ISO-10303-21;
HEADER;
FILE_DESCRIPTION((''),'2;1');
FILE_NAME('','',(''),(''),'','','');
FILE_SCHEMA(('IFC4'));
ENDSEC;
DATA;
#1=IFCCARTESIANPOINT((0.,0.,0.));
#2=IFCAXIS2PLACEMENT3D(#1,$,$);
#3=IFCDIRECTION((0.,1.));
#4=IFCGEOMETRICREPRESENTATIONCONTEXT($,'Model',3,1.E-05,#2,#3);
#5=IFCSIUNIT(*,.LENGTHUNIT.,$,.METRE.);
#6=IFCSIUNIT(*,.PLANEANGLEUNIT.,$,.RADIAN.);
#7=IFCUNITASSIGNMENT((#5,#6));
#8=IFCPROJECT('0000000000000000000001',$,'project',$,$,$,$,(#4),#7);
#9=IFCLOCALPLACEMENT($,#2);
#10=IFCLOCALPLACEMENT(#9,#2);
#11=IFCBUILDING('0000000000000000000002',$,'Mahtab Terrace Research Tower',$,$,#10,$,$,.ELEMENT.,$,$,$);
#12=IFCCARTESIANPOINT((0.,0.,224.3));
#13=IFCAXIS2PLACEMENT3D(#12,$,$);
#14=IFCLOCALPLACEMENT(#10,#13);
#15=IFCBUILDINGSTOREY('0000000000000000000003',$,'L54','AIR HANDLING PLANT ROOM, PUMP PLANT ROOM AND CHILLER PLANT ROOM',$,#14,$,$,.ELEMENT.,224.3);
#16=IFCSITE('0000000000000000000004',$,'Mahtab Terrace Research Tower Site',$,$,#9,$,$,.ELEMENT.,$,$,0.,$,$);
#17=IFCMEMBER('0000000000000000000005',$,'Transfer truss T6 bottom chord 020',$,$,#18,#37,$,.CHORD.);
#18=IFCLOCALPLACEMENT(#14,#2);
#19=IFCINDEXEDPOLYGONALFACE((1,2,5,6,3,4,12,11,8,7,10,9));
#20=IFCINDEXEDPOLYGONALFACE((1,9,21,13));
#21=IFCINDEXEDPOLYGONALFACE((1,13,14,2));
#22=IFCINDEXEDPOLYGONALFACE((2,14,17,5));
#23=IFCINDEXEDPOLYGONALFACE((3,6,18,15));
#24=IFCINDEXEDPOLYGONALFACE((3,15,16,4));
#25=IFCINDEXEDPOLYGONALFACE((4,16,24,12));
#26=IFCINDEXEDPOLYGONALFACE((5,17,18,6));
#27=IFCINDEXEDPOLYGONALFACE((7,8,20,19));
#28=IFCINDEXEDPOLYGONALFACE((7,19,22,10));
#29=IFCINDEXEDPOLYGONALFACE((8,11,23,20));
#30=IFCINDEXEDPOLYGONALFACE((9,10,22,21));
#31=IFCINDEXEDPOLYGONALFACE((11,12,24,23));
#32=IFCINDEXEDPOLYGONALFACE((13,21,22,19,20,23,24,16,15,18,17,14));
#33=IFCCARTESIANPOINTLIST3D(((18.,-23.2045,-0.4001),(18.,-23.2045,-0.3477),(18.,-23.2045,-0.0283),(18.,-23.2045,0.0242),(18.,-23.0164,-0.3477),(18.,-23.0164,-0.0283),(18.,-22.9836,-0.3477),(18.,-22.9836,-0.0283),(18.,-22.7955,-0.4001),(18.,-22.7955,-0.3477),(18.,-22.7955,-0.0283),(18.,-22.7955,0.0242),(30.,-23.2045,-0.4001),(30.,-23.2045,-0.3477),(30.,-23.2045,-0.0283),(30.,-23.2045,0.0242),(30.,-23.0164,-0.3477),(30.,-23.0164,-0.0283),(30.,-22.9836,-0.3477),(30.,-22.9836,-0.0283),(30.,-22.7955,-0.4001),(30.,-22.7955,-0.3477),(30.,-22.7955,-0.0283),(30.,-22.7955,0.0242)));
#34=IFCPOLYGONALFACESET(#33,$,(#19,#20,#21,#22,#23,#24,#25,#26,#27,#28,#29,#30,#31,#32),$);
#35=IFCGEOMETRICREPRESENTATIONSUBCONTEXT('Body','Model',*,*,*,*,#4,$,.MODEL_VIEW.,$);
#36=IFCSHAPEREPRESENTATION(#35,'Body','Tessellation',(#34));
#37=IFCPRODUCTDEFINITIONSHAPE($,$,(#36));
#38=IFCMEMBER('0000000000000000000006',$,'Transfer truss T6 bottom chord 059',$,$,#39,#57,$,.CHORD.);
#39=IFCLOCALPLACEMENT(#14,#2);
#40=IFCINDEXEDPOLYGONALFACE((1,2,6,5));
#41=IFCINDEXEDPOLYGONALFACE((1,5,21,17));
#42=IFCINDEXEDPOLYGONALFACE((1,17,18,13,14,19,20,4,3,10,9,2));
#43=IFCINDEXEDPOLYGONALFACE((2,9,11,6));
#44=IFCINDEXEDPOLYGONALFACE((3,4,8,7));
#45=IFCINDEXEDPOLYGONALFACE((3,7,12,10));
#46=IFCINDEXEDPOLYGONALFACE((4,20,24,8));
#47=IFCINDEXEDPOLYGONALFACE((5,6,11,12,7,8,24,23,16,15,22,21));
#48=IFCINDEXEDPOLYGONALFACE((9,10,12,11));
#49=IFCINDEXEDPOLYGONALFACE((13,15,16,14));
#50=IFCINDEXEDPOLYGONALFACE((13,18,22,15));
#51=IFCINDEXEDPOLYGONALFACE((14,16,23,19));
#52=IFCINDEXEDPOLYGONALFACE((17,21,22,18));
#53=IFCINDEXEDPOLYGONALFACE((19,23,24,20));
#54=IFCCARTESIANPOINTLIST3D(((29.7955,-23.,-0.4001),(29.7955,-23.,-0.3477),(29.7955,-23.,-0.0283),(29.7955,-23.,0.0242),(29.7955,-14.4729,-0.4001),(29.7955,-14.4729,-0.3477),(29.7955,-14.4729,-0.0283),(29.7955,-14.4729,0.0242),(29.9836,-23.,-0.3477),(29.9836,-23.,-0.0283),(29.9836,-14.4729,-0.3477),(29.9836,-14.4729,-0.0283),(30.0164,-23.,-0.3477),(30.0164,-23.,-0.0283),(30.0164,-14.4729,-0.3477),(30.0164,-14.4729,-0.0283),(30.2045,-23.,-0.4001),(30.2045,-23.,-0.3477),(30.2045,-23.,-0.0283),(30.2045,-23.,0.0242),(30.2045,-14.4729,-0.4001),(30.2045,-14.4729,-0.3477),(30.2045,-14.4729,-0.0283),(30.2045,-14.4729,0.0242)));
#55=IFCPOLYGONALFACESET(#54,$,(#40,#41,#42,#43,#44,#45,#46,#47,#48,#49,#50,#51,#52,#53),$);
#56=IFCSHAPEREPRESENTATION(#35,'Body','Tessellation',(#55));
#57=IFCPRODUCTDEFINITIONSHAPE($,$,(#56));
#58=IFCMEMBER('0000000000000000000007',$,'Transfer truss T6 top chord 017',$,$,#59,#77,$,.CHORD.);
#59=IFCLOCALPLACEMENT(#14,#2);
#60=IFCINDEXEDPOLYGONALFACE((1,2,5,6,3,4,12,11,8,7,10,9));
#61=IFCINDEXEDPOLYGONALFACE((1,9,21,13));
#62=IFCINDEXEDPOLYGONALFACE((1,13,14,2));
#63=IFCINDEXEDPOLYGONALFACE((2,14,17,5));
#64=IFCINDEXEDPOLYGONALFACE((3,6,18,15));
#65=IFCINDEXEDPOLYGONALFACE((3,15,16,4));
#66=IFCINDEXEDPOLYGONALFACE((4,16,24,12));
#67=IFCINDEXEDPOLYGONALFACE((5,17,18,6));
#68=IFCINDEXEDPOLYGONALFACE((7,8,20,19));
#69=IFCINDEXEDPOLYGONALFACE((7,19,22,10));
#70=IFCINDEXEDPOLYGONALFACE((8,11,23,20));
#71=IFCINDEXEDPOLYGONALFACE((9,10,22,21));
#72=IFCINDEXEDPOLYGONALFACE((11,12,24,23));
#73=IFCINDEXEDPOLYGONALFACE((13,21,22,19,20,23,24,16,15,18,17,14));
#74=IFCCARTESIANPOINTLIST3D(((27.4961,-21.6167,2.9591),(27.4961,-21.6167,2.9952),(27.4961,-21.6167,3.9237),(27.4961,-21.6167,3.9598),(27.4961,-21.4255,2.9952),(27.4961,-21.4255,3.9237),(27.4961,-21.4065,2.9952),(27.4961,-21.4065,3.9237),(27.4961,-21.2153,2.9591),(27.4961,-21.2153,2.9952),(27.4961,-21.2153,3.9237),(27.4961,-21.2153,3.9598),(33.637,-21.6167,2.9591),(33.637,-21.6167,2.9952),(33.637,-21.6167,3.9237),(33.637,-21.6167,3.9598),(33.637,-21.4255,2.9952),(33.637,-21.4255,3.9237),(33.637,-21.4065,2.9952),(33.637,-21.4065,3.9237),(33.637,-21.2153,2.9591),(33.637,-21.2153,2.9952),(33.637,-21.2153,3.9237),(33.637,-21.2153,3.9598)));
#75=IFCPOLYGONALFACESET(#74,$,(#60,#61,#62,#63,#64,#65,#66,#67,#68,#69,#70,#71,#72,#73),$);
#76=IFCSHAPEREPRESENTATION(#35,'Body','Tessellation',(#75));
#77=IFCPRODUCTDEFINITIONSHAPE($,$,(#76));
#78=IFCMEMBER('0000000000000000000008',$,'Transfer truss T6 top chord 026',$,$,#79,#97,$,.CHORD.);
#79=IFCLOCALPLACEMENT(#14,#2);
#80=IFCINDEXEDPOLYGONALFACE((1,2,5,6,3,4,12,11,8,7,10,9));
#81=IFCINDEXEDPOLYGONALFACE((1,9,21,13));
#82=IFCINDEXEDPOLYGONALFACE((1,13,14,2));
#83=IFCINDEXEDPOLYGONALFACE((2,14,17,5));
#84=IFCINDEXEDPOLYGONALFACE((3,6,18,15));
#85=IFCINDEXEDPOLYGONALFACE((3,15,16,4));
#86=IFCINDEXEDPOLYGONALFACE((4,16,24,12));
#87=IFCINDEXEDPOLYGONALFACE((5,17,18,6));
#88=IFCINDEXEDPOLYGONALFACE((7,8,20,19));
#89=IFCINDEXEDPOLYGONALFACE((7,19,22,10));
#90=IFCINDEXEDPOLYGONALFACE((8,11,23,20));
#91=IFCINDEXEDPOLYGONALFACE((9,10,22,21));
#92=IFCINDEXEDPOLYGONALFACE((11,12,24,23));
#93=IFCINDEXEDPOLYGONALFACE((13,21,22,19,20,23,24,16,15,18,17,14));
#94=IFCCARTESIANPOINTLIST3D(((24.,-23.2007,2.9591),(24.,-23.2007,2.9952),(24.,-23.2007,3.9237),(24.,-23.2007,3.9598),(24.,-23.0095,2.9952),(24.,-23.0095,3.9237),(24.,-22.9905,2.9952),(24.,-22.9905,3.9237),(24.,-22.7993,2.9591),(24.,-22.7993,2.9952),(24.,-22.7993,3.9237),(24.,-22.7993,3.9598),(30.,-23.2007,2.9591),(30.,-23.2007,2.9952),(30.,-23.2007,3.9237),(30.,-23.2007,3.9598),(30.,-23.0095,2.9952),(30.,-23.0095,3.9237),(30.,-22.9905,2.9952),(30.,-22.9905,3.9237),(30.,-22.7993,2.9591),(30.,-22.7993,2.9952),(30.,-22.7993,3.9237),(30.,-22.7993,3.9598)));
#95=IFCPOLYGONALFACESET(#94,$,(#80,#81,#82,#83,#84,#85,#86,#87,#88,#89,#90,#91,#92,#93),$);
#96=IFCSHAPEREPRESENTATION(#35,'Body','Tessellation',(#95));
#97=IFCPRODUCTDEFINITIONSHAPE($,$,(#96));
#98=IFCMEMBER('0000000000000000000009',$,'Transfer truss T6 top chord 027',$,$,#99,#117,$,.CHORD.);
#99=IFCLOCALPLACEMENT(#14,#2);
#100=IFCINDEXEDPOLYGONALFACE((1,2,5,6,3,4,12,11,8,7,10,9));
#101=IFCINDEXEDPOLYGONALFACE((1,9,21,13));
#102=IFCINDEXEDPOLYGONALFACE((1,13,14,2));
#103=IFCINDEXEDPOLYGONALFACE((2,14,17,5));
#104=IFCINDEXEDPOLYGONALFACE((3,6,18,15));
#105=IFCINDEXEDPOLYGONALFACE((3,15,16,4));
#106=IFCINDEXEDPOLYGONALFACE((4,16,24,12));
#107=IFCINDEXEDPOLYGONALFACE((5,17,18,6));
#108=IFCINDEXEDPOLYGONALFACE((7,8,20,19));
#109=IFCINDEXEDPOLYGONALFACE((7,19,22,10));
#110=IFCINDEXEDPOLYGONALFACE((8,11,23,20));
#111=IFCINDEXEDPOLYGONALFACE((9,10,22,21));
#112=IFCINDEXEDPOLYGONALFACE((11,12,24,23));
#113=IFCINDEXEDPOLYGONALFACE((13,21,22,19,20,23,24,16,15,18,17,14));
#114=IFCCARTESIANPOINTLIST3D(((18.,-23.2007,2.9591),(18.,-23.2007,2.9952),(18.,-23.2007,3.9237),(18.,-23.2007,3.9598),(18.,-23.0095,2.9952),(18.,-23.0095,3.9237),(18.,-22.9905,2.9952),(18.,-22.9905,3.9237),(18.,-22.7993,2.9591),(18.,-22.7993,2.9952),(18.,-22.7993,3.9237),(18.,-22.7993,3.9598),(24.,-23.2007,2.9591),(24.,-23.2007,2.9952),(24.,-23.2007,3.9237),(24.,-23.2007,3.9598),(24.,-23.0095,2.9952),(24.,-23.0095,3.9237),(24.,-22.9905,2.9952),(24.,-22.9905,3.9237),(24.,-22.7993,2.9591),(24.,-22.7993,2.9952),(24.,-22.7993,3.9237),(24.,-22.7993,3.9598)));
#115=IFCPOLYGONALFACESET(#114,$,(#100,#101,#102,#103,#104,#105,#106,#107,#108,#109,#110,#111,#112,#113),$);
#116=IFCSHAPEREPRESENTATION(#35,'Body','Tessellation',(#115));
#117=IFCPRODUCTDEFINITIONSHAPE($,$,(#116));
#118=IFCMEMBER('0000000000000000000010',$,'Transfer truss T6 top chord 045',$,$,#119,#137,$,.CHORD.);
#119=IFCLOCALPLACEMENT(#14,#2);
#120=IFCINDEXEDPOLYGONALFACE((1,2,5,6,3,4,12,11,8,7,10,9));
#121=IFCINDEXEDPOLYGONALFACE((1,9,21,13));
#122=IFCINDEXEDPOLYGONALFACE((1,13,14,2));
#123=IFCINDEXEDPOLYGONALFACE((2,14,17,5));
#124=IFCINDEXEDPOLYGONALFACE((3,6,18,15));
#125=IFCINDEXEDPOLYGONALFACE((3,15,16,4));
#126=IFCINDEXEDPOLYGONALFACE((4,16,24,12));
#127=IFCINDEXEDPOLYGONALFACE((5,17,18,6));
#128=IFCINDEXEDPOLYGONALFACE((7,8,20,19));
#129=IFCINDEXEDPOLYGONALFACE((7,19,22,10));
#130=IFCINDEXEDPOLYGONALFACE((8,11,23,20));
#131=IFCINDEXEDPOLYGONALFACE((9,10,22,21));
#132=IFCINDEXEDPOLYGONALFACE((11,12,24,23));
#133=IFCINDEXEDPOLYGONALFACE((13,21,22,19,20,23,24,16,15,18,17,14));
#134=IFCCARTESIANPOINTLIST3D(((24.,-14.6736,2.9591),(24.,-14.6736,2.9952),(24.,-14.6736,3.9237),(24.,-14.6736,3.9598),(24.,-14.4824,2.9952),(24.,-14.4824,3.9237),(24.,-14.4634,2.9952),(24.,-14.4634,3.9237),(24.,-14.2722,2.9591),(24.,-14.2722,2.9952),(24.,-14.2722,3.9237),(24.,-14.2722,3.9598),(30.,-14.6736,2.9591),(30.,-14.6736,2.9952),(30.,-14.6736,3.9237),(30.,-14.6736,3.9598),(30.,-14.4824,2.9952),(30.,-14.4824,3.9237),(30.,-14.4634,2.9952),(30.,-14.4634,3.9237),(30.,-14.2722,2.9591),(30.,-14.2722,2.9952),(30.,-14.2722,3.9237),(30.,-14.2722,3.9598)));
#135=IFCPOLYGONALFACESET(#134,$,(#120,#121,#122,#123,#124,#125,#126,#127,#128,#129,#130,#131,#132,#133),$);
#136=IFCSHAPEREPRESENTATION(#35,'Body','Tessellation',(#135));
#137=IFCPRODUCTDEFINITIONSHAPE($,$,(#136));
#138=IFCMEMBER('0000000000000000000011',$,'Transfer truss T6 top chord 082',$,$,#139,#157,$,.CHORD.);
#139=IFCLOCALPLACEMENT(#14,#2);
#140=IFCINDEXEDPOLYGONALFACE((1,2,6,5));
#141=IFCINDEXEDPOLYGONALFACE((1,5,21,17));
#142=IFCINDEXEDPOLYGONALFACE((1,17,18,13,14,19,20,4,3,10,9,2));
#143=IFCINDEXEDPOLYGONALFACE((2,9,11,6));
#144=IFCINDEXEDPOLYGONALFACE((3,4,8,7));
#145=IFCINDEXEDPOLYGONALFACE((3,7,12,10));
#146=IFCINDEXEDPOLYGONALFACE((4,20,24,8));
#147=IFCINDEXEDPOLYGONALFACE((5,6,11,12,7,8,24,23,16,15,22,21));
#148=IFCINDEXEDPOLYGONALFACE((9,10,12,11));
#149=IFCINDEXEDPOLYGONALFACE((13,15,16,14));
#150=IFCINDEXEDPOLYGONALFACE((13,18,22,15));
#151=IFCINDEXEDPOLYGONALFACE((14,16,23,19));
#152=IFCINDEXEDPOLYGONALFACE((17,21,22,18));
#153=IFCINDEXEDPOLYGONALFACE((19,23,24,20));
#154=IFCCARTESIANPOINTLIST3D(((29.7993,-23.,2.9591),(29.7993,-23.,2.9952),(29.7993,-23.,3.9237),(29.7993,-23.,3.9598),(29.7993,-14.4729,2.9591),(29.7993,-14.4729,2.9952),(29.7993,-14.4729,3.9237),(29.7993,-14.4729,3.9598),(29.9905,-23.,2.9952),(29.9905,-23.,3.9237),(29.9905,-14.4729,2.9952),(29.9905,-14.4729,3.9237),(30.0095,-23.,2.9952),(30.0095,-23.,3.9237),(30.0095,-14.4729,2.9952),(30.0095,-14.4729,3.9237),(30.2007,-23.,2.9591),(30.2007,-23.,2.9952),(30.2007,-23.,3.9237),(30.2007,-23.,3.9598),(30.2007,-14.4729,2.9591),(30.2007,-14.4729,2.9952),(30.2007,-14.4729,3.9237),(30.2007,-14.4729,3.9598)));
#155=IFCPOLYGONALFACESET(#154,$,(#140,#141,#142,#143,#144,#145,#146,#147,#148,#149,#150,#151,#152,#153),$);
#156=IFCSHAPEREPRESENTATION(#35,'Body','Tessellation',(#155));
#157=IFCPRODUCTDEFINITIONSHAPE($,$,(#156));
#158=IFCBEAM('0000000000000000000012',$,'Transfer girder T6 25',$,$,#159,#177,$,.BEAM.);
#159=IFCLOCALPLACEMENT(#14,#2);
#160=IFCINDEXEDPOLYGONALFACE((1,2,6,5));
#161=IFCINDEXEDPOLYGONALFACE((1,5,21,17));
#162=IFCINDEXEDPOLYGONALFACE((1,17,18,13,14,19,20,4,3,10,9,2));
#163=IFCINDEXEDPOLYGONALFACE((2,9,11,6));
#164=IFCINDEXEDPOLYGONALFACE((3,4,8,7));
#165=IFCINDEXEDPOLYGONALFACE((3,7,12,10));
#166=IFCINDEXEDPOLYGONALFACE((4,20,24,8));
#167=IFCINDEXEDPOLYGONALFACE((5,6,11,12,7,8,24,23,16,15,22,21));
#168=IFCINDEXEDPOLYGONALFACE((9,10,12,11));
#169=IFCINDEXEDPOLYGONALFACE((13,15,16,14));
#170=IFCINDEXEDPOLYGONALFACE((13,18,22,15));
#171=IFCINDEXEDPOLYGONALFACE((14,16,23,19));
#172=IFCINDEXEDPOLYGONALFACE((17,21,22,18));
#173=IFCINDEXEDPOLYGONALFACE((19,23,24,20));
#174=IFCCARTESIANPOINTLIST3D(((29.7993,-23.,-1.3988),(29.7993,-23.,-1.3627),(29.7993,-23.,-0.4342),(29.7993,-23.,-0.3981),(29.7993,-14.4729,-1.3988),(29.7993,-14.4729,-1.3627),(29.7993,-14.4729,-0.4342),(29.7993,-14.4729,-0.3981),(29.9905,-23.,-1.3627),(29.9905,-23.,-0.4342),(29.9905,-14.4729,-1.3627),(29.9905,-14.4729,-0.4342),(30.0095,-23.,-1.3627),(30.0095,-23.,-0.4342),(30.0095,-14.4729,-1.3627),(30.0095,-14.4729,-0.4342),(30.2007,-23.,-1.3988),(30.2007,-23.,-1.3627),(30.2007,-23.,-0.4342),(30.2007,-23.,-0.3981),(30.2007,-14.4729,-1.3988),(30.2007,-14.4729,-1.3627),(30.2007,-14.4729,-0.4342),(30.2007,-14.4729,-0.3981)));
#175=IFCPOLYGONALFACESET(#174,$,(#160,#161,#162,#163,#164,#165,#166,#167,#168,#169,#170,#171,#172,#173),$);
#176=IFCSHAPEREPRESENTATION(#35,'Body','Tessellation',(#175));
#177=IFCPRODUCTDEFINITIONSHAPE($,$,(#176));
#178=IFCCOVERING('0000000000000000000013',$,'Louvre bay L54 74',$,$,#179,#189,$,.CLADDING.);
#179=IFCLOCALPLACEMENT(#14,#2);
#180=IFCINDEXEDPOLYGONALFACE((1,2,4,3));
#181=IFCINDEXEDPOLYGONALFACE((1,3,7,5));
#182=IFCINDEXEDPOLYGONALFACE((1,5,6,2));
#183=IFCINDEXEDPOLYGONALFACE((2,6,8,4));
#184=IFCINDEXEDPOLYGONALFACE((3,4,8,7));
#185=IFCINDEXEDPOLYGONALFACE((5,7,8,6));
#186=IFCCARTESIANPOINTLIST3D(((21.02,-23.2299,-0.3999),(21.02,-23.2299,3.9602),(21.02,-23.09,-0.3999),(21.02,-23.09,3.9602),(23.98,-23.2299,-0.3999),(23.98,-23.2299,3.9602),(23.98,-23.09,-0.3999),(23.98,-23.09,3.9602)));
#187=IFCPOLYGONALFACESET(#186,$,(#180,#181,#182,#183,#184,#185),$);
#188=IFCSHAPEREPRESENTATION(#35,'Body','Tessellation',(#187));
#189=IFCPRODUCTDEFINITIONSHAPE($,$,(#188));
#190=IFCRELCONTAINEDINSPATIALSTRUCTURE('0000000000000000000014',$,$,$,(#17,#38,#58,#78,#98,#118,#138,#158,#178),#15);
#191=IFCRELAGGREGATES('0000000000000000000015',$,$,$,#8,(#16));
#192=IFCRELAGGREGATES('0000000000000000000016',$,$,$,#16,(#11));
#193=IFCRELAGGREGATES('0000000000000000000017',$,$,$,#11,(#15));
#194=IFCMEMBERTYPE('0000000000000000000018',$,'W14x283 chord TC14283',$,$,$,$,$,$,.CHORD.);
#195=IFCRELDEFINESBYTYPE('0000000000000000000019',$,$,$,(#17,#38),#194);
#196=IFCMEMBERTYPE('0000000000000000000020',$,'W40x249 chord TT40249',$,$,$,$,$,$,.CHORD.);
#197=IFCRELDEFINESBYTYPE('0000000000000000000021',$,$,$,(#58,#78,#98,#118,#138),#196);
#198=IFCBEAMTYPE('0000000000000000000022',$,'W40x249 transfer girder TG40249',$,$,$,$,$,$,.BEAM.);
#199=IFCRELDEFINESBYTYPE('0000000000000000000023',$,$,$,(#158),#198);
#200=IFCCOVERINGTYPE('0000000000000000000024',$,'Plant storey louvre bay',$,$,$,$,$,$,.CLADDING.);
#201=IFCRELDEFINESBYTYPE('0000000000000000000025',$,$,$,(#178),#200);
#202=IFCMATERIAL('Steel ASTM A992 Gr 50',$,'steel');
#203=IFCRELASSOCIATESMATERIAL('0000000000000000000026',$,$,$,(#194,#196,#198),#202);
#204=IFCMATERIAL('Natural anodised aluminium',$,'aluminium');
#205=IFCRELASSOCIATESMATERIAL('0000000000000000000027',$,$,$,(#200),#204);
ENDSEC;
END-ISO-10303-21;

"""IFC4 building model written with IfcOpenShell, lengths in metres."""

from ifc_helpers import new_model, si_unit, direction, frame, origin, origin_2d, place, context, subcontext, project, spatial, rectangle, i_section, extrude, material, material_profile, profile_set, type_object, element, save


model = new_model("IFC4")

# Units and contexts
model_context = context("Model", 3, precision=1e-05, world=origin(), true_north=direction((0.0, 1.0)))
body_context = subcontext(model_context, "Body", "Model", "MODEL_VIEW")
ifc_project = project(units=[si_unit("LENGTHUNIT", "METRE"), si_unit("PLANEANGLEUNIT", "RADIAN")], contexts=[model_context])

# Site, building, storey
site_placement = place(None, origin())
site = spatial("IfcSite", under=ifc_project, at=site_placement, Name="Mahtab Terrace Research Tower Site", CompositionType="ELEMENT", RefElevation=0.0)
building_placement = place(site_placement, origin())
building = spatial("IfcBuilding", under=site, at=building_placement, Name="Mahtab Terrace Research Tower", CompositionType="ELEMENT")
storey_placement = place(building_placement, frame((0.0, 0.0, 224.3)))
storey = spatial("IfcBuildingStorey", under=building, at=storey_placement, Name="L54", Description="AIR HANDLING PLANT ROOM, PUMP PLANT ROOM AND CHILLER PLANT ROOM", CompositionType="ELEMENT", Elevation=224.3)

# Members
ifc_material_1 = material(Name="Steel ASTM A992 Gr 50", Category="steel")
ifc_material_profile_1 = material_profile(ifc_material_1, i_section(OverallWidth=0.4089, OverallDepth=0.4243, WebThickness=0.0327, FlangeThickness=0.0525, at=origin_2d()), Name="W14X283")
ifc_profile_set_1 = profile_set([ifc_material_profile_1], Name="Steel ASTM A992 Gr 50")
member_type_1 = type_object("IfcMemberType", Name="W14x283 chord TC14283", PredefinedType="CHORD", material=ifc_profile_set_1)
for number, where, z_axis, x_axis, name in (
    (1, (30.0, -23.0, -0.188), (-1.0, 0.0, 0.0), (0.0, -1.0, 0.0), "Transfer truss T6 bottom chord 020"),
):
    element("IfcMember", number, at=place(storey_placement, frame(where, z_axis=z_axis, x_axis=x_axis)), inside=storey, type_object=member_type_1, Name=name, PredefinedType="CHORD", context=body_context, shape_type="SweptSolid", body=[
        extrude(i_section(OverallWidth=0.4089, OverallDepth=0.4243, WebThickness=0.0327, FlangeThickness=0.0525, at=origin_2d()), origin(), (0.0, 0.0, 1.0), 12.0),
    ])
member_1_placement = place(storey_placement, frame((30.0, -23.0, -0.188), z_axis=(0.0, 1.0, 0.0), x_axis=(-1.0, 0.0, 0.0)))
element("IfcMember", 2, at=member_1_placement, inside=storey, type_object=member_type_1, Name="Transfer truss T6 bottom chord 059", PredefinedType="CHORD", context=body_context, shape_type="SweptSolid", body=[
    extrude(i_section(OverallWidth=0.4089, OverallDepth=0.4243, WebThickness=0.0327, FlangeThickness=0.0525, at=origin_2d()), origin(), (0.0, 0.0, 1.0), 8.5271),
])
ifc_material_profile_2 = material_profile(ifc_material_1, i_section(OverallWidth=0.4014, OverallDepth=1.0007, WebThickness=0.019, FlangeThickness=0.0361, at=origin_2d()), Name="W40X249")
ifc_profile_set_2 = profile_set([ifc_material_profile_2], Name="Steel ASTM A992 Gr 50")
member_type_2 = type_object("IfcMemberType", Name="W40x249 chord TT40249", PredefinedType="CHORD", material=ifc_profile_set_2)
member_2_placement = place(storey_placement, frame((27.4961, -21.416, 3.4595), z_axis=(1.0, 0.0, 0.0), x_axis=(0.0, 1.0, 0.0)))
element("IfcMember", 3, at=member_2_placement, inside=storey, type_object=member_type_2, Name="Transfer truss T6 top chord 017", PredefinedType="CHORD", context=body_context, shape_type="SweptSolid", body=[
    extrude(i_section(OverallWidth=0.4014, OverallDepth=1.0007, WebThickness=0.019, FlangeThickness=0.0361, at=origin_2d()), origin(), (0.0, 0.0, 1.0), 6.1409),
])
for number, where, z_axis, x_axis, name in (
    (4, (30.0, -23.0, 3.4595), (-1.0, 0.0, 0.0), (0.0, -1.0, 0.0), "Transfer truss T6 top chord 026"),
    (5, (24.0, -23.0, 3.4595), (-1.0, 0.0, 0.0), (0.0, -1.0, 0.0), "Transfer truss T6 top chord 027"),
    (6, (24.0, -14.4729, 3.4595), (1.0, 0.0, 0.0), (0.0, 1.0, 0.0), "Transfer truss T6 top chord 045"),
):
    element("IfcMember", number, at=place(storey_placement, frame(where, z_axis=z_axis, x_axis=x_axis)), inside=storey, type_object=member_type_2, Name=name, PredefinedType="CHORD", context=body_context, shape_type="SweptSolid", body=[
        extrude(i_section(OverallWidth=0.4014, OverallDepth=1.0007, WebThickness=0.019, FlangeThickness=0.0361, at=origin_2d()), origin(), (0.0, 0.0, 1.0), 6.0),
    ])
member_3_placement = place(storey_placement, frame((30.0, -23.0, 3.4595), z_axis=(0.0, 1.0, 0.0), x_axis=(-1.0, 0.0, 0.0)))
element("IfcMember", 7, at=member_3_placement, inside=storey, type_object=member_type_2, Name="Transfer truss T6 top chord 082", PredefinedType="CHORD", context=body_context, shape_type="SweptSolid", body=[
    extrude(i_section(OverallWidth=0.4014, OverallDepth=1.0007, WebThickness=0.019, FlangeThickness=0.0361, at=origin_2d()), origin(), (0.0, 0.0, 1.0), 8.5271),
])

# Beam
ifc_material_profile_3 = material_profile(ifc_material_1, i_section(OverallWidth=0.4014, OverallDepth=1.0007, WebThickness=0.019, FlangeThickness=0.0361, at=origin_2d()), Name="W40X249")
ifc_profile_set_3 = profile_set([ifc_material_profile_3], Name="Steel ASTM A992 Gr 50")
beam_type = type_object("IfcBeamType", Name="W40x249 transfer girder TG40249", PredefinedType="BEAM", material=ifc_profile_set_3)
beam_placement = place(storey_placement, frame((30.0, -23.0, -0.8984), z_axis=(0.0, 1.0, 0.0), x_axis=(-1.0, 0.0, 0.0)))
element("IfcBeam", 8, at=beam_placement, inside=storey, type_object=beam_type, Name="Transfer girder T6 25", PredefinedType="BEAM", context=body_context, shape_type="SweptSolid", body=[
    extrude(i_section(OverallWidth=0.4014, OverallDepth=1.0007, WebThickness=0.019, FlangeThickness=0.0361, at=origin_2d()), origin(), (0.0, 0.0, 1.0), 8.5271),
])

# Covering
ifc_material_2 = material(Name="Natural anodised aluminium", Category="aluminium")
covering_type = type_object("IfcCoveringType", Name="Plant storey louvre bay", PredefinedType="CLADDING", material=ifc_material_2)
for number, where, z_axis, x_axis, name in (
    (9, (22.5, -23.1599, -0.3999), (0.0, 0.0, 1.0), (1.0, 0.0, 0.0), "Louvre bay L54 74"),
):
    element("IfcCovering", number, at=place(storey_placement, frame(where, z_axis=z_axis, x_axis=x_axis)), inside=storey, type_object=covering_type, Name=name, PredefinedType="CLADDING", context=body_context, shape_type="SweptSolid", body=[
        extrude(rectangle(XDim=2.96, YDim=0.1399, at=origin_2d()), origin(), (0.0, 0.0, 1.0), 4.3601),
    ])

save(model, "model.ifc")
